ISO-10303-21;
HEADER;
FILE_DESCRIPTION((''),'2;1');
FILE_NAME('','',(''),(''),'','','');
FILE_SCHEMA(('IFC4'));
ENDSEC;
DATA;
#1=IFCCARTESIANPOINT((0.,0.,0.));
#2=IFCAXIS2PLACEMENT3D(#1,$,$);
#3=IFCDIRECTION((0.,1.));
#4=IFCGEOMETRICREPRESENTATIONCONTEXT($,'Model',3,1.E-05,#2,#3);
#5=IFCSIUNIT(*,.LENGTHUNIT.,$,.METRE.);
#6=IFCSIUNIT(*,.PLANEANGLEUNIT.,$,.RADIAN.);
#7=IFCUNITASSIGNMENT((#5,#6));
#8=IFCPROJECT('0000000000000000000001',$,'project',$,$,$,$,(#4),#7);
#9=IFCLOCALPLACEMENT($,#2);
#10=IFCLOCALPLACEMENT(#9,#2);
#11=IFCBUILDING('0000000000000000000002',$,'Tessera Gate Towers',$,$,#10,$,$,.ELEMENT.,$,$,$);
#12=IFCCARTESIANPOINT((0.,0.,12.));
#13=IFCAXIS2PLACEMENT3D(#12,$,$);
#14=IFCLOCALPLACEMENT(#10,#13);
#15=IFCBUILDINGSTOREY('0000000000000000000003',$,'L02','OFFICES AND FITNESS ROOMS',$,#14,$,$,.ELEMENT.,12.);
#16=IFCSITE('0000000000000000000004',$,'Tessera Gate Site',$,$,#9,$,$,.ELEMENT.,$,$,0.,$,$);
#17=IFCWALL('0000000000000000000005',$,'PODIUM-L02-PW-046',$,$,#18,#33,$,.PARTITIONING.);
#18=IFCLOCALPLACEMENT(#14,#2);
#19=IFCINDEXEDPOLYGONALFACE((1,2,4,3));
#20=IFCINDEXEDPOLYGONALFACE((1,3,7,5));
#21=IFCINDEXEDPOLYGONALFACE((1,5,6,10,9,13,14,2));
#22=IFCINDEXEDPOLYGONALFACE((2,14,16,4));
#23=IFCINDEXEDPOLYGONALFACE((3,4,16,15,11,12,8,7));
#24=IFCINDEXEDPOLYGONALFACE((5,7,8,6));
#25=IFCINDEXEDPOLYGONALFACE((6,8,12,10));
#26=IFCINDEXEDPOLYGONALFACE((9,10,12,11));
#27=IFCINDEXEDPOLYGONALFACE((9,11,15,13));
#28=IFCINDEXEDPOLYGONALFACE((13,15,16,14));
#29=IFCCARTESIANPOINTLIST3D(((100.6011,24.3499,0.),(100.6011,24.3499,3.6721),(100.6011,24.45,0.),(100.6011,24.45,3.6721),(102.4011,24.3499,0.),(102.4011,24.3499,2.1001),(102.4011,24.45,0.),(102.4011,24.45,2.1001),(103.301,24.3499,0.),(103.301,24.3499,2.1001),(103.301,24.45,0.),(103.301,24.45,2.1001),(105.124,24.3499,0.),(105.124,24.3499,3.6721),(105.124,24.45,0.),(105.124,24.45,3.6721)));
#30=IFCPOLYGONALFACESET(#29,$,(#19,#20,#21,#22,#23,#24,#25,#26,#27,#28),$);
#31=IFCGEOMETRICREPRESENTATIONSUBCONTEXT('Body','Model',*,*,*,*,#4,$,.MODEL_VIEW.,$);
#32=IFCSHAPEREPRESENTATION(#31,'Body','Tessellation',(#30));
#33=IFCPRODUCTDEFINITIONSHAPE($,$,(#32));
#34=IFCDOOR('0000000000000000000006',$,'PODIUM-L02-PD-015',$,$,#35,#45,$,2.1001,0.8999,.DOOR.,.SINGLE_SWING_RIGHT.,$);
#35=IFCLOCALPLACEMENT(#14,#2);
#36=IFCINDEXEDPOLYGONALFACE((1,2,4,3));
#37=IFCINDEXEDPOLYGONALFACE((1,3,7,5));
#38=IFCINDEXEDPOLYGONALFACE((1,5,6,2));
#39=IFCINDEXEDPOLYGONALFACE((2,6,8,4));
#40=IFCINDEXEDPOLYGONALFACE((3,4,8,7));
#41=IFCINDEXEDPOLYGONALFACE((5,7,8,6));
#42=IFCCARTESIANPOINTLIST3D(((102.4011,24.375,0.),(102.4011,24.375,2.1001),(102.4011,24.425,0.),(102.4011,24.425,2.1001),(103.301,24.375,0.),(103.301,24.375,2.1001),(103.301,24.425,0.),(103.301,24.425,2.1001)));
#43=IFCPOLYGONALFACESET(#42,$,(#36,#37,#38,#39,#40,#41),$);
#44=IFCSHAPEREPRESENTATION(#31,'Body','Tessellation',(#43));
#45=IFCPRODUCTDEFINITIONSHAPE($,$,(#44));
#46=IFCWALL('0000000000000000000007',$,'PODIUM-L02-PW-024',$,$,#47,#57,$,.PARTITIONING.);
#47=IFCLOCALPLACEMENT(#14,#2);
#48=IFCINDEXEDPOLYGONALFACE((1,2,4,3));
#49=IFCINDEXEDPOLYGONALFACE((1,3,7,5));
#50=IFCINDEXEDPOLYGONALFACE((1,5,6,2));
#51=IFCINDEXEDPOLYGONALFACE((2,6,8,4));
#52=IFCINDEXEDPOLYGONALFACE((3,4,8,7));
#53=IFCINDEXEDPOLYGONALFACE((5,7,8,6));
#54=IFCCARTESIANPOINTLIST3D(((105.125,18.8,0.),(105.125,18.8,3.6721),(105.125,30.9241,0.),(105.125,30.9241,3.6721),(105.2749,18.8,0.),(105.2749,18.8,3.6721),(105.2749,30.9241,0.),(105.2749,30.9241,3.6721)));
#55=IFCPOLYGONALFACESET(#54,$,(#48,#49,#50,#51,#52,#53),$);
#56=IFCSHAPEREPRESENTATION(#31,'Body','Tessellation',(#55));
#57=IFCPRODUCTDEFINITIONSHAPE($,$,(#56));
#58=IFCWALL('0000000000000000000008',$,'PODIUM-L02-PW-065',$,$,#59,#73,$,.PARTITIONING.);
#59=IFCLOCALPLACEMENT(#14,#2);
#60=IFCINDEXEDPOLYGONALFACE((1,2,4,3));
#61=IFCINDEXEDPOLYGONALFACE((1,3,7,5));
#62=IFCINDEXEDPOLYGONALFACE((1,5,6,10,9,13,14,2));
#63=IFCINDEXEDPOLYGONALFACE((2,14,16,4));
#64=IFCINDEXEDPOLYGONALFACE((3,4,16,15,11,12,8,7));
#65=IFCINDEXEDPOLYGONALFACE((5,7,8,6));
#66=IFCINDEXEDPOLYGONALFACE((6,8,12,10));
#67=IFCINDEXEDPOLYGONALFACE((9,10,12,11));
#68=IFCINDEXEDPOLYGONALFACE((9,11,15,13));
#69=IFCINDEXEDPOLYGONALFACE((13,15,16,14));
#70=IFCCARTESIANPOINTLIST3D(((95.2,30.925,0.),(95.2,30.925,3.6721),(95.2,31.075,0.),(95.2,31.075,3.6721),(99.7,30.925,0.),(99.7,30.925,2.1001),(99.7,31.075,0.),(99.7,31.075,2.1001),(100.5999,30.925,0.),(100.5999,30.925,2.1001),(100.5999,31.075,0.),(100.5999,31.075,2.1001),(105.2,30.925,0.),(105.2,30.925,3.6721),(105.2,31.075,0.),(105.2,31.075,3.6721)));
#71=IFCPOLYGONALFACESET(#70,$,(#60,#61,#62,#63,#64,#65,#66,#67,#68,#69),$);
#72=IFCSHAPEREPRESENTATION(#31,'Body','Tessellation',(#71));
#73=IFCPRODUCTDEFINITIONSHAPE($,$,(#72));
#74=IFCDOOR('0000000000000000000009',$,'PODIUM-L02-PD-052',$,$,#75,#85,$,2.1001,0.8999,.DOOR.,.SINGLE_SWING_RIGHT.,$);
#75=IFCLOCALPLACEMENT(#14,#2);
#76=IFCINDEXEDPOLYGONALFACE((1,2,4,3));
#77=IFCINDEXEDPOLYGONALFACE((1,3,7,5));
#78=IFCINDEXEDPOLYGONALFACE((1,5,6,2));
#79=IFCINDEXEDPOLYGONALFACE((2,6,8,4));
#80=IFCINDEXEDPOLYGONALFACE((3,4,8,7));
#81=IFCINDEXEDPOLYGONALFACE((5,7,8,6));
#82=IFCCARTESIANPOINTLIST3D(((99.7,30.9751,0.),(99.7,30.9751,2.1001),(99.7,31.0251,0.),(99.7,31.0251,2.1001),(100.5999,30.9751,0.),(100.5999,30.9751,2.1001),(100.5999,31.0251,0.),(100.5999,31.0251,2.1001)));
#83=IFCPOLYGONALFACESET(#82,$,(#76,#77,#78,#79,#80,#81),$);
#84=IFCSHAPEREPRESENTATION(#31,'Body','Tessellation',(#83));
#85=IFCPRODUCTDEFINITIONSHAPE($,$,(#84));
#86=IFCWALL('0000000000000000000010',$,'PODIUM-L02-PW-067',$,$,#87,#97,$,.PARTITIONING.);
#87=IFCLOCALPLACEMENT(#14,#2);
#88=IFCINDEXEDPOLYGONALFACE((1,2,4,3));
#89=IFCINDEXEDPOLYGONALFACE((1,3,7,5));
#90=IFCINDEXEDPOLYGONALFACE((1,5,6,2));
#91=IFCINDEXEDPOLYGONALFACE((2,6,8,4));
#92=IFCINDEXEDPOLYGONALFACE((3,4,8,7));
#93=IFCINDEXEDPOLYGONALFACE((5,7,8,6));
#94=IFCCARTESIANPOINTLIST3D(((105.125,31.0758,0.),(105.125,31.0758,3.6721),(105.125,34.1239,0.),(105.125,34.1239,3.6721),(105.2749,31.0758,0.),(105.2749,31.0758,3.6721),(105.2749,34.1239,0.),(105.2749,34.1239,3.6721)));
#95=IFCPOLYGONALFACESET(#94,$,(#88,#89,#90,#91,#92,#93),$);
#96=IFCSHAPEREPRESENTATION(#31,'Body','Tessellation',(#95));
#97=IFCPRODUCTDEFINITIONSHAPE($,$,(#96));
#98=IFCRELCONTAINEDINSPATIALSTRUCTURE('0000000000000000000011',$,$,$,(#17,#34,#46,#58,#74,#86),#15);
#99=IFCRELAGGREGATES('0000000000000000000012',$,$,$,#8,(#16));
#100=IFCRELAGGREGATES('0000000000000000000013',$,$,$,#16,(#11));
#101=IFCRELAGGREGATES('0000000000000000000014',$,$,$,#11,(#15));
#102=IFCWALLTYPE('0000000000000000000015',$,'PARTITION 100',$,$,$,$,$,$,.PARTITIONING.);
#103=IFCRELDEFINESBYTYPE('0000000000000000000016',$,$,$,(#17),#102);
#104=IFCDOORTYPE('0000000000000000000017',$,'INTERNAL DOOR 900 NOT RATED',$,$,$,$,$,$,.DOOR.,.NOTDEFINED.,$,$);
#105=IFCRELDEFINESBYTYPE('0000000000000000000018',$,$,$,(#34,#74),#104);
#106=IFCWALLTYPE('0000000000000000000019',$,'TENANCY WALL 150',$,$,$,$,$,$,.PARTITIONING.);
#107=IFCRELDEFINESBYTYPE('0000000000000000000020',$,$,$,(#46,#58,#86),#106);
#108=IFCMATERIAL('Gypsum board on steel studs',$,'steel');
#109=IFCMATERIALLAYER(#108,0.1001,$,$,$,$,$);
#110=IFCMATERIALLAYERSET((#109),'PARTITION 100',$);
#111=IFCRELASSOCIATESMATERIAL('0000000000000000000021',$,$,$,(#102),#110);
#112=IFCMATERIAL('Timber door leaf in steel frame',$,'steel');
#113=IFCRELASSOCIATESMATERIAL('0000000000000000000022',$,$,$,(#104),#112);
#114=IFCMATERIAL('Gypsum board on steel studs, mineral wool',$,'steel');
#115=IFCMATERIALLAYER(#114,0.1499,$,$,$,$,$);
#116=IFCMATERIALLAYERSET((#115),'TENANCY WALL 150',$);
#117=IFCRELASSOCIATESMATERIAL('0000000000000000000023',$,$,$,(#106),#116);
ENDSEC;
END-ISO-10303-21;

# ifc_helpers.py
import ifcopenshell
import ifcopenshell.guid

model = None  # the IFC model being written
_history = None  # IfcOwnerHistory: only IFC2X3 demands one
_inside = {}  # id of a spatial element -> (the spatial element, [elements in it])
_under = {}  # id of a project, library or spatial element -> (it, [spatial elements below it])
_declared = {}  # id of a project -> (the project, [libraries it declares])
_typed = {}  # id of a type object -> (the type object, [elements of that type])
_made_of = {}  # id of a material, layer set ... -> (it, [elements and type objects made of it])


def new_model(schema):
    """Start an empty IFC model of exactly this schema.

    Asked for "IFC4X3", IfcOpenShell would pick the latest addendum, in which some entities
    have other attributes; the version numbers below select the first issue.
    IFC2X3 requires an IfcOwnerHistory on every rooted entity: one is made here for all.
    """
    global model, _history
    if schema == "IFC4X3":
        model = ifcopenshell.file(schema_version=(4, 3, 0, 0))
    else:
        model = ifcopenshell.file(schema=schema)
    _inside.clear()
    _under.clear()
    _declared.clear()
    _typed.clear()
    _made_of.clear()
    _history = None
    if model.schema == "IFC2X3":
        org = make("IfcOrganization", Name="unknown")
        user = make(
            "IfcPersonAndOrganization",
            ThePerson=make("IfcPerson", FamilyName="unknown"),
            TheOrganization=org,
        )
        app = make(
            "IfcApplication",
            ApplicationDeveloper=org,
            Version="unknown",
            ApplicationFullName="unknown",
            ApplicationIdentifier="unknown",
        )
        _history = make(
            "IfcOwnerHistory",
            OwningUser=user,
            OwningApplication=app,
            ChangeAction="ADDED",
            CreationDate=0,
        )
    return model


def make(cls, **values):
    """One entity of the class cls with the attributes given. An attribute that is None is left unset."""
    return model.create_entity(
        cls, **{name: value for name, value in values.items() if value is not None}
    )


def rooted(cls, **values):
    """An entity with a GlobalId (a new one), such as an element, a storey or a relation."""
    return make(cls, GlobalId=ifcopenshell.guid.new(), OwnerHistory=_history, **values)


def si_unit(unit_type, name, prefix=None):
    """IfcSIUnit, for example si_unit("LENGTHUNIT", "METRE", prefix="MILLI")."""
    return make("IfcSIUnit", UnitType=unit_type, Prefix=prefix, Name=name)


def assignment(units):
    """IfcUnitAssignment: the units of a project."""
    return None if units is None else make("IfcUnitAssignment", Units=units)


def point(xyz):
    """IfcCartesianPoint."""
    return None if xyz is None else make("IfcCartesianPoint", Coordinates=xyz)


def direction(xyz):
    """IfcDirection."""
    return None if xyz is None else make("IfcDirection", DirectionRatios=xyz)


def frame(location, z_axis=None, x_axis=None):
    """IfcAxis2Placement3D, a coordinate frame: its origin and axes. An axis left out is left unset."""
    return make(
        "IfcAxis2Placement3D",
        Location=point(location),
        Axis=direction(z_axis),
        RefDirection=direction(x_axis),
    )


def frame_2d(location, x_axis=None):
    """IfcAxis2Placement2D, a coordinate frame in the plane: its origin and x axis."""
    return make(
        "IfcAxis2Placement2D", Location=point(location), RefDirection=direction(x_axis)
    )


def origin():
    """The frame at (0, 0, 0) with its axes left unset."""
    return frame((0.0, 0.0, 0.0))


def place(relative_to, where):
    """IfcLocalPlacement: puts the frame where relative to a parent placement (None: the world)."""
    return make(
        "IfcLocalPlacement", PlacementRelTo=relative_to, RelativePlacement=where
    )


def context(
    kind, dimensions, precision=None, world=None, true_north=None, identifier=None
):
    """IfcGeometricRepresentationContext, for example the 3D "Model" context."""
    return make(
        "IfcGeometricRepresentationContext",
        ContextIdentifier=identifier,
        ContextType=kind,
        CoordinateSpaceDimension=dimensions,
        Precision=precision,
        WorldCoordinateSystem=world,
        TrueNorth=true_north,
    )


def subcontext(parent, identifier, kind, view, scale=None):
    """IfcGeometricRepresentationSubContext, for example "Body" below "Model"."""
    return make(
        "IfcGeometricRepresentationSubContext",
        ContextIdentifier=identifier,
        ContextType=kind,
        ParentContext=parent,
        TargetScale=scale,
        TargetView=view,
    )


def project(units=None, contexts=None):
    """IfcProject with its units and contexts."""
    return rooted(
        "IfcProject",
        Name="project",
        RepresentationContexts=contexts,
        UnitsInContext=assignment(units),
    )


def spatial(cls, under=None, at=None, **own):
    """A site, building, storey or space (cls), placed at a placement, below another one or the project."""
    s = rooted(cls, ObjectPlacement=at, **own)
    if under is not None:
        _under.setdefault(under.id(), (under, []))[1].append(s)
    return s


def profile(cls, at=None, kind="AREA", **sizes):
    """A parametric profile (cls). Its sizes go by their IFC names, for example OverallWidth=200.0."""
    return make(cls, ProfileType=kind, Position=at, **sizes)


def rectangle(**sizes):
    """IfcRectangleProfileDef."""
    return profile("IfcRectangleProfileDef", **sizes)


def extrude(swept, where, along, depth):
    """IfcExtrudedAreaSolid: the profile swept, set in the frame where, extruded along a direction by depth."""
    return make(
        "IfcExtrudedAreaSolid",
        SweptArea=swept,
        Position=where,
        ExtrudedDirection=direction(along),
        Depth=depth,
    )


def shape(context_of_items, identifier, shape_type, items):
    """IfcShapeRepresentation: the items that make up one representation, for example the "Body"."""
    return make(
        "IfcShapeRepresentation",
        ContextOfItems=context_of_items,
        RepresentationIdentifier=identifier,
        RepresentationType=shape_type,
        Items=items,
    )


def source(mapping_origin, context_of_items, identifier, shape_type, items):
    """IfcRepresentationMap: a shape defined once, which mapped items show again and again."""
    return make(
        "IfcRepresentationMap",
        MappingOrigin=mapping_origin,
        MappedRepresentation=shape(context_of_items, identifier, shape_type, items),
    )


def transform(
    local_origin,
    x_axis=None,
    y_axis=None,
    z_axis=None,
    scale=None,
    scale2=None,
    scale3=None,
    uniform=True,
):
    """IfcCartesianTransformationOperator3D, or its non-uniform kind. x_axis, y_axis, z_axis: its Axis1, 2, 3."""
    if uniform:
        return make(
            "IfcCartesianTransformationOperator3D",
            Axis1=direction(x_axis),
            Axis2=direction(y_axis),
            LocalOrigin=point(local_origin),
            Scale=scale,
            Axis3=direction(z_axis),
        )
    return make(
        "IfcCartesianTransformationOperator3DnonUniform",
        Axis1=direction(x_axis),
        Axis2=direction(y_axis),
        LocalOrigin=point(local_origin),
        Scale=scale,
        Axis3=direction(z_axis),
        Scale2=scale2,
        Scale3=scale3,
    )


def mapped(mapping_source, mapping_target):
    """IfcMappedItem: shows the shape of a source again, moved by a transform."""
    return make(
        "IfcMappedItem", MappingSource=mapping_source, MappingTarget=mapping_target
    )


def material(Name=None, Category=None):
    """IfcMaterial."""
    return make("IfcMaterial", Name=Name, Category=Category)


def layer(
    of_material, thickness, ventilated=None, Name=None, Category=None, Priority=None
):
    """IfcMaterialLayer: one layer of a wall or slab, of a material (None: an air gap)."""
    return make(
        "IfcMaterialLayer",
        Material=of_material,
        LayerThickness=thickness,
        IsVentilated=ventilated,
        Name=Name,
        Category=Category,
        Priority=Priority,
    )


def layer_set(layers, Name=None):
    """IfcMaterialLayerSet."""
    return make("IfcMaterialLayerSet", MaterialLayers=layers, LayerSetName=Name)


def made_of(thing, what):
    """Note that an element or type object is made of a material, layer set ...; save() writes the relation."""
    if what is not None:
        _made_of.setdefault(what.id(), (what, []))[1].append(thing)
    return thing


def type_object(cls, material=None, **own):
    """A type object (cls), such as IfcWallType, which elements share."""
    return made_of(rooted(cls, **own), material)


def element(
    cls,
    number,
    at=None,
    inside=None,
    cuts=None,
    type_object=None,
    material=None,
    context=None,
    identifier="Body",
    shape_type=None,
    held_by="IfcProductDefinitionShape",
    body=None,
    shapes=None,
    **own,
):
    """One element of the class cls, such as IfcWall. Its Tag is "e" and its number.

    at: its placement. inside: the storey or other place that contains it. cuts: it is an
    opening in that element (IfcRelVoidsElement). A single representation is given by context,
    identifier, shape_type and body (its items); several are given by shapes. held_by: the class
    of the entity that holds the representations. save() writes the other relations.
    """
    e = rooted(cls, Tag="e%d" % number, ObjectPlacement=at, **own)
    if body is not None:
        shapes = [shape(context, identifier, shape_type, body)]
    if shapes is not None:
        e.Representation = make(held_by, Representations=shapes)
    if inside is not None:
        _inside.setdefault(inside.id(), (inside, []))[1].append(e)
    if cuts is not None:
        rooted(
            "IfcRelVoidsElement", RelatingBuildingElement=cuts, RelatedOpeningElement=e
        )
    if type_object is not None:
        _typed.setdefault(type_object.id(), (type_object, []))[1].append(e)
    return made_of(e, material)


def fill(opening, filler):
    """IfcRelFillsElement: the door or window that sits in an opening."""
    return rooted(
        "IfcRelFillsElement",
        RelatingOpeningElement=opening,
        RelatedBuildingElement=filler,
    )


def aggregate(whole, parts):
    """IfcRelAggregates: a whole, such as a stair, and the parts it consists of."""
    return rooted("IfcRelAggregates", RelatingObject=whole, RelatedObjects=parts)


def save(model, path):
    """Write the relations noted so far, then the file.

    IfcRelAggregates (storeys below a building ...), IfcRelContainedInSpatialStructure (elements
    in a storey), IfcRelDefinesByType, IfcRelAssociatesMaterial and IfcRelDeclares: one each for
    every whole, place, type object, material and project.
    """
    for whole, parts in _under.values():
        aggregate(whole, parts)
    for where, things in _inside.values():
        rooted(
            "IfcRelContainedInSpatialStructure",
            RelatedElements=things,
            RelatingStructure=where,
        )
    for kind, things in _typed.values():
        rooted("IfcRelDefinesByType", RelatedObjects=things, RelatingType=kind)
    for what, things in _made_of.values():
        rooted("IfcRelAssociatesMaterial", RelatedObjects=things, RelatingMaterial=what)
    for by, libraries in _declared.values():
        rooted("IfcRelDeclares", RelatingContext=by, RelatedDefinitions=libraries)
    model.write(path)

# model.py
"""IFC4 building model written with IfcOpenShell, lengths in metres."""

from ifc_helpers import new_model, si_unit, direction, frame, frame_2d, origin, place, context, subcontext, project, spatial, rectangle, extrude, source, transform, mapped, material, layer, layer_set, type_object, element, fill, save


model = new_model("IFC4")

# Units and contexts
model_context = context("Model", 3, precision=1e-05, world=origin(), true_north=direction((0.0, 1.0)))
body_context = subcontext(model_context, "Body", "Model", "MODEL_VIEW")
ifc_project = project(units=[si_unit("LENGTHUNIT", "METRE"), si_unit("PLANEANGLEUNIT", "RADIAN")], contexts=[model_context])

# Site, building, storey
site_placement = place(None, origin())
site = spatial("IfcSite", under=ifc_project, at=site_placement, Name="Tessera Gate Site", CompositionType="ELEMENT", RefElevation=0.0)
building_placement = place(site_placement, origin())
building = spatial("IfcBuilding", under=site, at=building_placement, Name="Tessera Gate Towers", CompositionType="ELEMENT")
storey_placement = place(building_placement, frame((0.0, 0.0, 12.0)))
storey = spatial("IfcBuildingStorey", under=building, at=storey_placement, Name="L02", Description="OFFICES AND FITNESS ROOMS", CompositionType="ELEMENT", Elevation=12.0)

# Shared definitions
shared_shape_1 = source(origin(), body_context, "Body", "SweptSolid", [
    extrude(rectangle(XDim=0.8999, YDim=2.1001, at=frame_2d((0.45, 1.05))), frame((0.0, 0.0601, 0.0), z_axis=(0.0, -1.0, 0.0), x_axis=(1.0, 0.0, 0.0)), (0.0, 0.0, 1.0), 0.1201),
])
shared_shape_2 = source(origin(), body_context, "Body", "SweptSolid", [
    extrude(rectangle(XDim=0.8999, YDim=2.1001, at=frame_2d((0.45, 1.05))), frame((0.0, 0.0249, 0.0), z_axis=(0.0, -1.0, 0.0), x_axis=(1.0, 0.0, 0.0)), (0.0, 0.0, 1.0), 0.05),
])

# Shared definitions
ifc_material_1 = material(Name="Gypsum board on steel studs", Category="steel")
ifc_layer_1 = layer(ifc_material_1, 0.1001)
ifc_layer_set_1 = layer_set([ifc_layer_1], Name="PARTITION 100")
wall_type_1 = type_object("IfcWallType", Name="PARTITION 100", PredefinedType="PARTITIONING", material=ifc_layer_set_1)

# Wall, opening, door
wall_1_placement = place(storey_placement, frame((105.124, 24.3999, 0.0), z_axis=(0.0, 0.0, 1.0), x_axis=(-1.0, 0.0, 0.0)))
wall_1 = element("IfcWall", 1, at=wall_1_placement, inside=storey, type_object=wall_type_1, Name="PODIUM-L02-PW-046", PredefinedType="PARTITIONING", context=body_context, shape_type="SweptSolid", body=[
    extrude(rectangle(XDim=4.5229, YDim=0.1001, at=frame_2d((2.2615, 0.0))), origin(), (0.0, 0.0, 1.0), 3.6721),
])
opening_1_placement = place(wall_1_placement, frame((1.823, 0.0, 0.0)))
opening_1 = element("IfcOpeningElement", 2, at=opening_1_placement, cuts=wall_1, PredefinedType="OPENING", context=body_context, shape_type="MappedRepresentation", body=[
    mapped(shared_shape_1, transform((0.0, 0.0, 0.0), scale=1.0)),
])
ifc_material_2 = material(Name="Timber door leaf in steel frame", Category="steel")
door_type_1 = type_object("IfcDoorType", Name="INTERNAL DOOR 900 NOT RATED", OperationType="NOTDEFINED", PredefinedType="DOOR", material=ifc_material_2)
door_1_placement = place(opening_1_placement, origin())
door_1 = element("IfcDoor", 3, at=door_1_placement, inside=storey, type_object=door_type_1, Name="PODIUM-L02-PD-015", OperationType="SINGLE_SWING_RIGHT", OverallHeight=2.1001, OverallWidth=0.8999, PredefinedType="DOOR", context=body_context, shape_type="MappedRepresentation", body=[
    mapped(shared_shape_2, transform((0.0, 0.0, 0.0), scale=1.0)),
])
fill(opening_1, door_1)

# Wall
ifc_material_3 = material(Name="Gypsum board on steel studs, mineral wool", Category="steel")
ifc_layer_2 = layer(ifc_material_3, 0.1499)
ifc_layer_set_2 = layer_set([ifc_layer_2], Name="TENANCY WALL 150")
wall_type_2 = type_object("IfcWallType", Name="TENANCY WALL 150", PredefinedType="PARTITIONING", material=ifc_layer_set_2)
wall_2_placement = place(storey_placement, frame((105.2, 18.8, 0.0), z_axis=(0.0, 0.0, 1.0), x_axis=(0.0, 1.0, 0.0)))
element("IfcWall", 4, at=wall_2_placement, inside=storey, type_object=wall_type_2, Name="PODIUM-L02-PW-024", PredefinedType="PARTITIONING", context=body_context, shape_type="SweptSolid", body=[
    extrude(rectangle(XDim=12.124, YDim=0.1499, at=frame_2d((6.062, 0.0))), origin(), (0.0, 0.0, 1.0), 3.6721),
])

# Wall, opening, door
wall_3_placement = place(storey_placement, frame((105.2, 31.0, 0.0), z_axis=(0.0, 0.0, 1.0), x_axis=(-1.0, 0.0, 0.0)))
wall_3 = element("IfcWall", 5, at=wall_3_placement, inside=storey, type_object=wall_type_2, Name="PODIUM-L02-PW-065", PredefinedType="PARTITIONING", context=body_context, shape_type="SweptSolid", body=[
    extrude(rectangle(XDim=10.0, YDim=0.1499, at=frame_2d((5.0, 0.0))), origin(), (0.0, 0.0, 1.0), 3.6721),
])
shared_shape_3 = source(origin(), body_context, "Body", "SweptSolid", [
    extrude(rectangle(XDim=0.8999, YDim=2.1001, at=frame_2d((0.45, 1.05))), frame((0.0, 0.085, 0.0), z_axis=(0.0, -1.0, 0.0), x_axis=(1.0, 0.0, 0.0)), (0.0, 0.0, 1.0), 0.1699),
])
opening_2_placement = place(wall_3_placement, frame((4.6001, 0.0, 0.0)))
opening_2 = element("IfcOpeningElement", 6, at=opening_2_placement, cuts=wall_3, PredefinedType="OPENING", context=body_context, shape_type="MappedRepresentation", body=[
    mapped(shared_shape_3, transform((0.0, 0.0, 0.0), scale=1.0)),
])
door_2_placement = place(opening_2_placement, origin())
door_2 = element("IfcDoor", 7, at=door_2_placement, inside=storey, type_object=door_type_1, Name="PODIUM-L02-PD-052", OperationType="SINGLE_SWING_RIGHT", OverallHeight=2.1001, OverallWidth=0.8999, PredefinedType="DOOR", context=body_context, shape_type="MappedRepresentation", body=[
    mapped(shared_shape_2, transform((0.0, 0.0, 0.0), scale=1.0)),
])
fill(opening_2, door_2)

# Wall
wall_4_placement = place(storey_placement, frame((105.2, 31.0759, 0.0), z_axis=(0.0, 0.0, 1.0), x_axis=(0.0, 1.0, 0.0)))
element("IfcWall", 8, at=wall_4_placement, inside=storey, type_object=wall_type_2, Name="PODIUM-L02-PW-067", PredefinedType="PARTITIONING", context=body_context, shape_type="SweptSolid", body=[
    extrude(rectangle(XDim=3.0481, YDim=0.1499, at=frame_2d((1.5239, 0.0))), origin(), (0.0, 0.0, 1.0), 3.6721),
])

save(model, "model.ifc")
